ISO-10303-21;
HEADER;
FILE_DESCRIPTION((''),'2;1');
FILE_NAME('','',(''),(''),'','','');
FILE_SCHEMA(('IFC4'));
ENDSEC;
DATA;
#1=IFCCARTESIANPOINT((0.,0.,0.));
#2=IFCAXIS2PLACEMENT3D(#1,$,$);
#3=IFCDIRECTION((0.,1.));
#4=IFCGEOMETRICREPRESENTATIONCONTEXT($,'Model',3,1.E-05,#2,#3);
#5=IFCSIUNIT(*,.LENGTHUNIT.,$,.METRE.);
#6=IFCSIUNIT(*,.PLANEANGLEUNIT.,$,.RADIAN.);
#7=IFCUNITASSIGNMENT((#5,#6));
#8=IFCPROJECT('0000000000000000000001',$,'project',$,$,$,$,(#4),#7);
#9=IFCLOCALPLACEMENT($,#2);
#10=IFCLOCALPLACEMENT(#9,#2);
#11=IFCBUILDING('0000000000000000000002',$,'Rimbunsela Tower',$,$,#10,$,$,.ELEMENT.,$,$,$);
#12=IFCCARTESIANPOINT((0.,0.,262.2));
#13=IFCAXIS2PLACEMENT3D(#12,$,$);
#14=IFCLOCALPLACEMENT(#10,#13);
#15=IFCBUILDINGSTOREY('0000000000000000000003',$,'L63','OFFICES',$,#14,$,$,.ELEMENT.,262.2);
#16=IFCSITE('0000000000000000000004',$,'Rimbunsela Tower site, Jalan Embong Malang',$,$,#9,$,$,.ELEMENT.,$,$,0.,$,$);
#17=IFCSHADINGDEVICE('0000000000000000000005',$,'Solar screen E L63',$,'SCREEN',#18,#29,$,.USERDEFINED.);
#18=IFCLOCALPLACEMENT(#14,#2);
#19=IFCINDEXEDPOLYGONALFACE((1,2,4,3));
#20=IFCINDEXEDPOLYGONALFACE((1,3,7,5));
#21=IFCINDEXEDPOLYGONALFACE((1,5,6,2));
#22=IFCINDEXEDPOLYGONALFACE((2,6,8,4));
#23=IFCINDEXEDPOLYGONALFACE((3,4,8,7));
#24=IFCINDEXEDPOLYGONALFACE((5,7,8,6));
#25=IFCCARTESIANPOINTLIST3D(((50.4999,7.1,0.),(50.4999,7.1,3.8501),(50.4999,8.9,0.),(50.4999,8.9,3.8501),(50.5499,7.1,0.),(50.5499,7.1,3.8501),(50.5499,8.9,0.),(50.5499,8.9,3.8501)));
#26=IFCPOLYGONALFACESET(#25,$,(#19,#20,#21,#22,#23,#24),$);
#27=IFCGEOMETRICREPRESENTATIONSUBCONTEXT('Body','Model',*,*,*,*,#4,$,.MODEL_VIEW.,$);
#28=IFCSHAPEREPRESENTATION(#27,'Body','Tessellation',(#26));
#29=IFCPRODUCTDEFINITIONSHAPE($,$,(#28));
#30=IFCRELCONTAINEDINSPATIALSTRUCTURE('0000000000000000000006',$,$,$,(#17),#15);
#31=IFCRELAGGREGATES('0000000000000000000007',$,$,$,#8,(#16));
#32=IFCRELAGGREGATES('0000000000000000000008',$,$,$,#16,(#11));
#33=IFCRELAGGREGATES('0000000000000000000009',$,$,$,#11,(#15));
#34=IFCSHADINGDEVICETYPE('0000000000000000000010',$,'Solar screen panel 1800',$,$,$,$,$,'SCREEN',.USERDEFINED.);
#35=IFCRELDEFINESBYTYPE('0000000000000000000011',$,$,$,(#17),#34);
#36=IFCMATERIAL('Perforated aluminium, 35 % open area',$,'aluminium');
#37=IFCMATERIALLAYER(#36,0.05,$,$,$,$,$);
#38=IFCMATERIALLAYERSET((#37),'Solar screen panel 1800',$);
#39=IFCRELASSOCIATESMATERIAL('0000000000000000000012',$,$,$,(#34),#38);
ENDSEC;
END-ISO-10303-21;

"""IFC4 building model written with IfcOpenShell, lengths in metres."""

from ifc_helpers import new_model, si_unit, direction, frame, origin, origin_2d, place, context, subcontext, project, spatial, rectangle, extrude, material, layer, layer_set, type_object, element, save


model = new_model("IFC4")

# Units and contexts
model_context = context("Model", 3, precision=1e-05, world=origin(), true_north=direction((0.0, 1.0)))
body_context = subcontext(model_context, "Body", "Model", "MODEL_VIEW")
ifc_project = project(units=[si_unit("LENGTHUNIT", "METRE"), si_unit("PLANEANGLEUNIT", "RADIAN")], contexts=[model_context])

# Site, building, storey
site_placement = place(None, origin())
site = spatial("IfcSite", under=ifc_project, at=site_placement, Name="Rimbunsela Tower site, Jalan Embong Malang", CompositionType="ELEMENT", RefElevation=0.0)
building_placement = place(site_placement, origin())
building = spatial("IfcBuilding", under=site, at=building_placement, Name="Rimbunsela Tower", CompositionType="ELEMENT")
storey_placement = place(building_placement, frame((0.0, 0.0, 262.2)))
storey = spatial("IfcBuildingStorey", under=building, at=storey_placement, Name="L63", Description="OFFICES", CompositionType="ELEMENT", Elevation=262.2)

# Shading device
ifc_material_1 = material(Name="Perforated aluminium, 35 % open area", Category="aluminium")
ifc_layer_1 = layer(ifc_material_1, 0.05)
ifc_layer_set_1 = layer_set([ifc_layer_1], Name="Solar screen panel 1800")
shading_device_type = type_object("IfcShadingDeviceType", Name="Solar screen panel 1800", ElementType="SCREEN", PredefinedType="USERDEFINED", material=ifc_layer_set_1)
for number, where, z_axis, x_axis, name in (
    (1, (50.5249, 8.0, 0.0), (0.0, 0.0, 1.0), (0.0, 1.0, 0.0), "Solar screen E L63"),
):
    element("IfcShadingDevice", number, at=place(storey_placement, frame(where, z_axis=z_axis, x_axis=x_axis)), inside=storey, type_object=shading_device_type, Name=name, ObjectType="SCREEN", PredefinedType="USERDEFINED", context=body_context, shape_type="SweptSolid", body=[
        extrude(rectangle(XDim=1.8, YDim=0.05, at=origin_2d()), origin(), (0.0, 0.0, 1.0), 3.8501),
    ])

save(model, "model.ifc")
